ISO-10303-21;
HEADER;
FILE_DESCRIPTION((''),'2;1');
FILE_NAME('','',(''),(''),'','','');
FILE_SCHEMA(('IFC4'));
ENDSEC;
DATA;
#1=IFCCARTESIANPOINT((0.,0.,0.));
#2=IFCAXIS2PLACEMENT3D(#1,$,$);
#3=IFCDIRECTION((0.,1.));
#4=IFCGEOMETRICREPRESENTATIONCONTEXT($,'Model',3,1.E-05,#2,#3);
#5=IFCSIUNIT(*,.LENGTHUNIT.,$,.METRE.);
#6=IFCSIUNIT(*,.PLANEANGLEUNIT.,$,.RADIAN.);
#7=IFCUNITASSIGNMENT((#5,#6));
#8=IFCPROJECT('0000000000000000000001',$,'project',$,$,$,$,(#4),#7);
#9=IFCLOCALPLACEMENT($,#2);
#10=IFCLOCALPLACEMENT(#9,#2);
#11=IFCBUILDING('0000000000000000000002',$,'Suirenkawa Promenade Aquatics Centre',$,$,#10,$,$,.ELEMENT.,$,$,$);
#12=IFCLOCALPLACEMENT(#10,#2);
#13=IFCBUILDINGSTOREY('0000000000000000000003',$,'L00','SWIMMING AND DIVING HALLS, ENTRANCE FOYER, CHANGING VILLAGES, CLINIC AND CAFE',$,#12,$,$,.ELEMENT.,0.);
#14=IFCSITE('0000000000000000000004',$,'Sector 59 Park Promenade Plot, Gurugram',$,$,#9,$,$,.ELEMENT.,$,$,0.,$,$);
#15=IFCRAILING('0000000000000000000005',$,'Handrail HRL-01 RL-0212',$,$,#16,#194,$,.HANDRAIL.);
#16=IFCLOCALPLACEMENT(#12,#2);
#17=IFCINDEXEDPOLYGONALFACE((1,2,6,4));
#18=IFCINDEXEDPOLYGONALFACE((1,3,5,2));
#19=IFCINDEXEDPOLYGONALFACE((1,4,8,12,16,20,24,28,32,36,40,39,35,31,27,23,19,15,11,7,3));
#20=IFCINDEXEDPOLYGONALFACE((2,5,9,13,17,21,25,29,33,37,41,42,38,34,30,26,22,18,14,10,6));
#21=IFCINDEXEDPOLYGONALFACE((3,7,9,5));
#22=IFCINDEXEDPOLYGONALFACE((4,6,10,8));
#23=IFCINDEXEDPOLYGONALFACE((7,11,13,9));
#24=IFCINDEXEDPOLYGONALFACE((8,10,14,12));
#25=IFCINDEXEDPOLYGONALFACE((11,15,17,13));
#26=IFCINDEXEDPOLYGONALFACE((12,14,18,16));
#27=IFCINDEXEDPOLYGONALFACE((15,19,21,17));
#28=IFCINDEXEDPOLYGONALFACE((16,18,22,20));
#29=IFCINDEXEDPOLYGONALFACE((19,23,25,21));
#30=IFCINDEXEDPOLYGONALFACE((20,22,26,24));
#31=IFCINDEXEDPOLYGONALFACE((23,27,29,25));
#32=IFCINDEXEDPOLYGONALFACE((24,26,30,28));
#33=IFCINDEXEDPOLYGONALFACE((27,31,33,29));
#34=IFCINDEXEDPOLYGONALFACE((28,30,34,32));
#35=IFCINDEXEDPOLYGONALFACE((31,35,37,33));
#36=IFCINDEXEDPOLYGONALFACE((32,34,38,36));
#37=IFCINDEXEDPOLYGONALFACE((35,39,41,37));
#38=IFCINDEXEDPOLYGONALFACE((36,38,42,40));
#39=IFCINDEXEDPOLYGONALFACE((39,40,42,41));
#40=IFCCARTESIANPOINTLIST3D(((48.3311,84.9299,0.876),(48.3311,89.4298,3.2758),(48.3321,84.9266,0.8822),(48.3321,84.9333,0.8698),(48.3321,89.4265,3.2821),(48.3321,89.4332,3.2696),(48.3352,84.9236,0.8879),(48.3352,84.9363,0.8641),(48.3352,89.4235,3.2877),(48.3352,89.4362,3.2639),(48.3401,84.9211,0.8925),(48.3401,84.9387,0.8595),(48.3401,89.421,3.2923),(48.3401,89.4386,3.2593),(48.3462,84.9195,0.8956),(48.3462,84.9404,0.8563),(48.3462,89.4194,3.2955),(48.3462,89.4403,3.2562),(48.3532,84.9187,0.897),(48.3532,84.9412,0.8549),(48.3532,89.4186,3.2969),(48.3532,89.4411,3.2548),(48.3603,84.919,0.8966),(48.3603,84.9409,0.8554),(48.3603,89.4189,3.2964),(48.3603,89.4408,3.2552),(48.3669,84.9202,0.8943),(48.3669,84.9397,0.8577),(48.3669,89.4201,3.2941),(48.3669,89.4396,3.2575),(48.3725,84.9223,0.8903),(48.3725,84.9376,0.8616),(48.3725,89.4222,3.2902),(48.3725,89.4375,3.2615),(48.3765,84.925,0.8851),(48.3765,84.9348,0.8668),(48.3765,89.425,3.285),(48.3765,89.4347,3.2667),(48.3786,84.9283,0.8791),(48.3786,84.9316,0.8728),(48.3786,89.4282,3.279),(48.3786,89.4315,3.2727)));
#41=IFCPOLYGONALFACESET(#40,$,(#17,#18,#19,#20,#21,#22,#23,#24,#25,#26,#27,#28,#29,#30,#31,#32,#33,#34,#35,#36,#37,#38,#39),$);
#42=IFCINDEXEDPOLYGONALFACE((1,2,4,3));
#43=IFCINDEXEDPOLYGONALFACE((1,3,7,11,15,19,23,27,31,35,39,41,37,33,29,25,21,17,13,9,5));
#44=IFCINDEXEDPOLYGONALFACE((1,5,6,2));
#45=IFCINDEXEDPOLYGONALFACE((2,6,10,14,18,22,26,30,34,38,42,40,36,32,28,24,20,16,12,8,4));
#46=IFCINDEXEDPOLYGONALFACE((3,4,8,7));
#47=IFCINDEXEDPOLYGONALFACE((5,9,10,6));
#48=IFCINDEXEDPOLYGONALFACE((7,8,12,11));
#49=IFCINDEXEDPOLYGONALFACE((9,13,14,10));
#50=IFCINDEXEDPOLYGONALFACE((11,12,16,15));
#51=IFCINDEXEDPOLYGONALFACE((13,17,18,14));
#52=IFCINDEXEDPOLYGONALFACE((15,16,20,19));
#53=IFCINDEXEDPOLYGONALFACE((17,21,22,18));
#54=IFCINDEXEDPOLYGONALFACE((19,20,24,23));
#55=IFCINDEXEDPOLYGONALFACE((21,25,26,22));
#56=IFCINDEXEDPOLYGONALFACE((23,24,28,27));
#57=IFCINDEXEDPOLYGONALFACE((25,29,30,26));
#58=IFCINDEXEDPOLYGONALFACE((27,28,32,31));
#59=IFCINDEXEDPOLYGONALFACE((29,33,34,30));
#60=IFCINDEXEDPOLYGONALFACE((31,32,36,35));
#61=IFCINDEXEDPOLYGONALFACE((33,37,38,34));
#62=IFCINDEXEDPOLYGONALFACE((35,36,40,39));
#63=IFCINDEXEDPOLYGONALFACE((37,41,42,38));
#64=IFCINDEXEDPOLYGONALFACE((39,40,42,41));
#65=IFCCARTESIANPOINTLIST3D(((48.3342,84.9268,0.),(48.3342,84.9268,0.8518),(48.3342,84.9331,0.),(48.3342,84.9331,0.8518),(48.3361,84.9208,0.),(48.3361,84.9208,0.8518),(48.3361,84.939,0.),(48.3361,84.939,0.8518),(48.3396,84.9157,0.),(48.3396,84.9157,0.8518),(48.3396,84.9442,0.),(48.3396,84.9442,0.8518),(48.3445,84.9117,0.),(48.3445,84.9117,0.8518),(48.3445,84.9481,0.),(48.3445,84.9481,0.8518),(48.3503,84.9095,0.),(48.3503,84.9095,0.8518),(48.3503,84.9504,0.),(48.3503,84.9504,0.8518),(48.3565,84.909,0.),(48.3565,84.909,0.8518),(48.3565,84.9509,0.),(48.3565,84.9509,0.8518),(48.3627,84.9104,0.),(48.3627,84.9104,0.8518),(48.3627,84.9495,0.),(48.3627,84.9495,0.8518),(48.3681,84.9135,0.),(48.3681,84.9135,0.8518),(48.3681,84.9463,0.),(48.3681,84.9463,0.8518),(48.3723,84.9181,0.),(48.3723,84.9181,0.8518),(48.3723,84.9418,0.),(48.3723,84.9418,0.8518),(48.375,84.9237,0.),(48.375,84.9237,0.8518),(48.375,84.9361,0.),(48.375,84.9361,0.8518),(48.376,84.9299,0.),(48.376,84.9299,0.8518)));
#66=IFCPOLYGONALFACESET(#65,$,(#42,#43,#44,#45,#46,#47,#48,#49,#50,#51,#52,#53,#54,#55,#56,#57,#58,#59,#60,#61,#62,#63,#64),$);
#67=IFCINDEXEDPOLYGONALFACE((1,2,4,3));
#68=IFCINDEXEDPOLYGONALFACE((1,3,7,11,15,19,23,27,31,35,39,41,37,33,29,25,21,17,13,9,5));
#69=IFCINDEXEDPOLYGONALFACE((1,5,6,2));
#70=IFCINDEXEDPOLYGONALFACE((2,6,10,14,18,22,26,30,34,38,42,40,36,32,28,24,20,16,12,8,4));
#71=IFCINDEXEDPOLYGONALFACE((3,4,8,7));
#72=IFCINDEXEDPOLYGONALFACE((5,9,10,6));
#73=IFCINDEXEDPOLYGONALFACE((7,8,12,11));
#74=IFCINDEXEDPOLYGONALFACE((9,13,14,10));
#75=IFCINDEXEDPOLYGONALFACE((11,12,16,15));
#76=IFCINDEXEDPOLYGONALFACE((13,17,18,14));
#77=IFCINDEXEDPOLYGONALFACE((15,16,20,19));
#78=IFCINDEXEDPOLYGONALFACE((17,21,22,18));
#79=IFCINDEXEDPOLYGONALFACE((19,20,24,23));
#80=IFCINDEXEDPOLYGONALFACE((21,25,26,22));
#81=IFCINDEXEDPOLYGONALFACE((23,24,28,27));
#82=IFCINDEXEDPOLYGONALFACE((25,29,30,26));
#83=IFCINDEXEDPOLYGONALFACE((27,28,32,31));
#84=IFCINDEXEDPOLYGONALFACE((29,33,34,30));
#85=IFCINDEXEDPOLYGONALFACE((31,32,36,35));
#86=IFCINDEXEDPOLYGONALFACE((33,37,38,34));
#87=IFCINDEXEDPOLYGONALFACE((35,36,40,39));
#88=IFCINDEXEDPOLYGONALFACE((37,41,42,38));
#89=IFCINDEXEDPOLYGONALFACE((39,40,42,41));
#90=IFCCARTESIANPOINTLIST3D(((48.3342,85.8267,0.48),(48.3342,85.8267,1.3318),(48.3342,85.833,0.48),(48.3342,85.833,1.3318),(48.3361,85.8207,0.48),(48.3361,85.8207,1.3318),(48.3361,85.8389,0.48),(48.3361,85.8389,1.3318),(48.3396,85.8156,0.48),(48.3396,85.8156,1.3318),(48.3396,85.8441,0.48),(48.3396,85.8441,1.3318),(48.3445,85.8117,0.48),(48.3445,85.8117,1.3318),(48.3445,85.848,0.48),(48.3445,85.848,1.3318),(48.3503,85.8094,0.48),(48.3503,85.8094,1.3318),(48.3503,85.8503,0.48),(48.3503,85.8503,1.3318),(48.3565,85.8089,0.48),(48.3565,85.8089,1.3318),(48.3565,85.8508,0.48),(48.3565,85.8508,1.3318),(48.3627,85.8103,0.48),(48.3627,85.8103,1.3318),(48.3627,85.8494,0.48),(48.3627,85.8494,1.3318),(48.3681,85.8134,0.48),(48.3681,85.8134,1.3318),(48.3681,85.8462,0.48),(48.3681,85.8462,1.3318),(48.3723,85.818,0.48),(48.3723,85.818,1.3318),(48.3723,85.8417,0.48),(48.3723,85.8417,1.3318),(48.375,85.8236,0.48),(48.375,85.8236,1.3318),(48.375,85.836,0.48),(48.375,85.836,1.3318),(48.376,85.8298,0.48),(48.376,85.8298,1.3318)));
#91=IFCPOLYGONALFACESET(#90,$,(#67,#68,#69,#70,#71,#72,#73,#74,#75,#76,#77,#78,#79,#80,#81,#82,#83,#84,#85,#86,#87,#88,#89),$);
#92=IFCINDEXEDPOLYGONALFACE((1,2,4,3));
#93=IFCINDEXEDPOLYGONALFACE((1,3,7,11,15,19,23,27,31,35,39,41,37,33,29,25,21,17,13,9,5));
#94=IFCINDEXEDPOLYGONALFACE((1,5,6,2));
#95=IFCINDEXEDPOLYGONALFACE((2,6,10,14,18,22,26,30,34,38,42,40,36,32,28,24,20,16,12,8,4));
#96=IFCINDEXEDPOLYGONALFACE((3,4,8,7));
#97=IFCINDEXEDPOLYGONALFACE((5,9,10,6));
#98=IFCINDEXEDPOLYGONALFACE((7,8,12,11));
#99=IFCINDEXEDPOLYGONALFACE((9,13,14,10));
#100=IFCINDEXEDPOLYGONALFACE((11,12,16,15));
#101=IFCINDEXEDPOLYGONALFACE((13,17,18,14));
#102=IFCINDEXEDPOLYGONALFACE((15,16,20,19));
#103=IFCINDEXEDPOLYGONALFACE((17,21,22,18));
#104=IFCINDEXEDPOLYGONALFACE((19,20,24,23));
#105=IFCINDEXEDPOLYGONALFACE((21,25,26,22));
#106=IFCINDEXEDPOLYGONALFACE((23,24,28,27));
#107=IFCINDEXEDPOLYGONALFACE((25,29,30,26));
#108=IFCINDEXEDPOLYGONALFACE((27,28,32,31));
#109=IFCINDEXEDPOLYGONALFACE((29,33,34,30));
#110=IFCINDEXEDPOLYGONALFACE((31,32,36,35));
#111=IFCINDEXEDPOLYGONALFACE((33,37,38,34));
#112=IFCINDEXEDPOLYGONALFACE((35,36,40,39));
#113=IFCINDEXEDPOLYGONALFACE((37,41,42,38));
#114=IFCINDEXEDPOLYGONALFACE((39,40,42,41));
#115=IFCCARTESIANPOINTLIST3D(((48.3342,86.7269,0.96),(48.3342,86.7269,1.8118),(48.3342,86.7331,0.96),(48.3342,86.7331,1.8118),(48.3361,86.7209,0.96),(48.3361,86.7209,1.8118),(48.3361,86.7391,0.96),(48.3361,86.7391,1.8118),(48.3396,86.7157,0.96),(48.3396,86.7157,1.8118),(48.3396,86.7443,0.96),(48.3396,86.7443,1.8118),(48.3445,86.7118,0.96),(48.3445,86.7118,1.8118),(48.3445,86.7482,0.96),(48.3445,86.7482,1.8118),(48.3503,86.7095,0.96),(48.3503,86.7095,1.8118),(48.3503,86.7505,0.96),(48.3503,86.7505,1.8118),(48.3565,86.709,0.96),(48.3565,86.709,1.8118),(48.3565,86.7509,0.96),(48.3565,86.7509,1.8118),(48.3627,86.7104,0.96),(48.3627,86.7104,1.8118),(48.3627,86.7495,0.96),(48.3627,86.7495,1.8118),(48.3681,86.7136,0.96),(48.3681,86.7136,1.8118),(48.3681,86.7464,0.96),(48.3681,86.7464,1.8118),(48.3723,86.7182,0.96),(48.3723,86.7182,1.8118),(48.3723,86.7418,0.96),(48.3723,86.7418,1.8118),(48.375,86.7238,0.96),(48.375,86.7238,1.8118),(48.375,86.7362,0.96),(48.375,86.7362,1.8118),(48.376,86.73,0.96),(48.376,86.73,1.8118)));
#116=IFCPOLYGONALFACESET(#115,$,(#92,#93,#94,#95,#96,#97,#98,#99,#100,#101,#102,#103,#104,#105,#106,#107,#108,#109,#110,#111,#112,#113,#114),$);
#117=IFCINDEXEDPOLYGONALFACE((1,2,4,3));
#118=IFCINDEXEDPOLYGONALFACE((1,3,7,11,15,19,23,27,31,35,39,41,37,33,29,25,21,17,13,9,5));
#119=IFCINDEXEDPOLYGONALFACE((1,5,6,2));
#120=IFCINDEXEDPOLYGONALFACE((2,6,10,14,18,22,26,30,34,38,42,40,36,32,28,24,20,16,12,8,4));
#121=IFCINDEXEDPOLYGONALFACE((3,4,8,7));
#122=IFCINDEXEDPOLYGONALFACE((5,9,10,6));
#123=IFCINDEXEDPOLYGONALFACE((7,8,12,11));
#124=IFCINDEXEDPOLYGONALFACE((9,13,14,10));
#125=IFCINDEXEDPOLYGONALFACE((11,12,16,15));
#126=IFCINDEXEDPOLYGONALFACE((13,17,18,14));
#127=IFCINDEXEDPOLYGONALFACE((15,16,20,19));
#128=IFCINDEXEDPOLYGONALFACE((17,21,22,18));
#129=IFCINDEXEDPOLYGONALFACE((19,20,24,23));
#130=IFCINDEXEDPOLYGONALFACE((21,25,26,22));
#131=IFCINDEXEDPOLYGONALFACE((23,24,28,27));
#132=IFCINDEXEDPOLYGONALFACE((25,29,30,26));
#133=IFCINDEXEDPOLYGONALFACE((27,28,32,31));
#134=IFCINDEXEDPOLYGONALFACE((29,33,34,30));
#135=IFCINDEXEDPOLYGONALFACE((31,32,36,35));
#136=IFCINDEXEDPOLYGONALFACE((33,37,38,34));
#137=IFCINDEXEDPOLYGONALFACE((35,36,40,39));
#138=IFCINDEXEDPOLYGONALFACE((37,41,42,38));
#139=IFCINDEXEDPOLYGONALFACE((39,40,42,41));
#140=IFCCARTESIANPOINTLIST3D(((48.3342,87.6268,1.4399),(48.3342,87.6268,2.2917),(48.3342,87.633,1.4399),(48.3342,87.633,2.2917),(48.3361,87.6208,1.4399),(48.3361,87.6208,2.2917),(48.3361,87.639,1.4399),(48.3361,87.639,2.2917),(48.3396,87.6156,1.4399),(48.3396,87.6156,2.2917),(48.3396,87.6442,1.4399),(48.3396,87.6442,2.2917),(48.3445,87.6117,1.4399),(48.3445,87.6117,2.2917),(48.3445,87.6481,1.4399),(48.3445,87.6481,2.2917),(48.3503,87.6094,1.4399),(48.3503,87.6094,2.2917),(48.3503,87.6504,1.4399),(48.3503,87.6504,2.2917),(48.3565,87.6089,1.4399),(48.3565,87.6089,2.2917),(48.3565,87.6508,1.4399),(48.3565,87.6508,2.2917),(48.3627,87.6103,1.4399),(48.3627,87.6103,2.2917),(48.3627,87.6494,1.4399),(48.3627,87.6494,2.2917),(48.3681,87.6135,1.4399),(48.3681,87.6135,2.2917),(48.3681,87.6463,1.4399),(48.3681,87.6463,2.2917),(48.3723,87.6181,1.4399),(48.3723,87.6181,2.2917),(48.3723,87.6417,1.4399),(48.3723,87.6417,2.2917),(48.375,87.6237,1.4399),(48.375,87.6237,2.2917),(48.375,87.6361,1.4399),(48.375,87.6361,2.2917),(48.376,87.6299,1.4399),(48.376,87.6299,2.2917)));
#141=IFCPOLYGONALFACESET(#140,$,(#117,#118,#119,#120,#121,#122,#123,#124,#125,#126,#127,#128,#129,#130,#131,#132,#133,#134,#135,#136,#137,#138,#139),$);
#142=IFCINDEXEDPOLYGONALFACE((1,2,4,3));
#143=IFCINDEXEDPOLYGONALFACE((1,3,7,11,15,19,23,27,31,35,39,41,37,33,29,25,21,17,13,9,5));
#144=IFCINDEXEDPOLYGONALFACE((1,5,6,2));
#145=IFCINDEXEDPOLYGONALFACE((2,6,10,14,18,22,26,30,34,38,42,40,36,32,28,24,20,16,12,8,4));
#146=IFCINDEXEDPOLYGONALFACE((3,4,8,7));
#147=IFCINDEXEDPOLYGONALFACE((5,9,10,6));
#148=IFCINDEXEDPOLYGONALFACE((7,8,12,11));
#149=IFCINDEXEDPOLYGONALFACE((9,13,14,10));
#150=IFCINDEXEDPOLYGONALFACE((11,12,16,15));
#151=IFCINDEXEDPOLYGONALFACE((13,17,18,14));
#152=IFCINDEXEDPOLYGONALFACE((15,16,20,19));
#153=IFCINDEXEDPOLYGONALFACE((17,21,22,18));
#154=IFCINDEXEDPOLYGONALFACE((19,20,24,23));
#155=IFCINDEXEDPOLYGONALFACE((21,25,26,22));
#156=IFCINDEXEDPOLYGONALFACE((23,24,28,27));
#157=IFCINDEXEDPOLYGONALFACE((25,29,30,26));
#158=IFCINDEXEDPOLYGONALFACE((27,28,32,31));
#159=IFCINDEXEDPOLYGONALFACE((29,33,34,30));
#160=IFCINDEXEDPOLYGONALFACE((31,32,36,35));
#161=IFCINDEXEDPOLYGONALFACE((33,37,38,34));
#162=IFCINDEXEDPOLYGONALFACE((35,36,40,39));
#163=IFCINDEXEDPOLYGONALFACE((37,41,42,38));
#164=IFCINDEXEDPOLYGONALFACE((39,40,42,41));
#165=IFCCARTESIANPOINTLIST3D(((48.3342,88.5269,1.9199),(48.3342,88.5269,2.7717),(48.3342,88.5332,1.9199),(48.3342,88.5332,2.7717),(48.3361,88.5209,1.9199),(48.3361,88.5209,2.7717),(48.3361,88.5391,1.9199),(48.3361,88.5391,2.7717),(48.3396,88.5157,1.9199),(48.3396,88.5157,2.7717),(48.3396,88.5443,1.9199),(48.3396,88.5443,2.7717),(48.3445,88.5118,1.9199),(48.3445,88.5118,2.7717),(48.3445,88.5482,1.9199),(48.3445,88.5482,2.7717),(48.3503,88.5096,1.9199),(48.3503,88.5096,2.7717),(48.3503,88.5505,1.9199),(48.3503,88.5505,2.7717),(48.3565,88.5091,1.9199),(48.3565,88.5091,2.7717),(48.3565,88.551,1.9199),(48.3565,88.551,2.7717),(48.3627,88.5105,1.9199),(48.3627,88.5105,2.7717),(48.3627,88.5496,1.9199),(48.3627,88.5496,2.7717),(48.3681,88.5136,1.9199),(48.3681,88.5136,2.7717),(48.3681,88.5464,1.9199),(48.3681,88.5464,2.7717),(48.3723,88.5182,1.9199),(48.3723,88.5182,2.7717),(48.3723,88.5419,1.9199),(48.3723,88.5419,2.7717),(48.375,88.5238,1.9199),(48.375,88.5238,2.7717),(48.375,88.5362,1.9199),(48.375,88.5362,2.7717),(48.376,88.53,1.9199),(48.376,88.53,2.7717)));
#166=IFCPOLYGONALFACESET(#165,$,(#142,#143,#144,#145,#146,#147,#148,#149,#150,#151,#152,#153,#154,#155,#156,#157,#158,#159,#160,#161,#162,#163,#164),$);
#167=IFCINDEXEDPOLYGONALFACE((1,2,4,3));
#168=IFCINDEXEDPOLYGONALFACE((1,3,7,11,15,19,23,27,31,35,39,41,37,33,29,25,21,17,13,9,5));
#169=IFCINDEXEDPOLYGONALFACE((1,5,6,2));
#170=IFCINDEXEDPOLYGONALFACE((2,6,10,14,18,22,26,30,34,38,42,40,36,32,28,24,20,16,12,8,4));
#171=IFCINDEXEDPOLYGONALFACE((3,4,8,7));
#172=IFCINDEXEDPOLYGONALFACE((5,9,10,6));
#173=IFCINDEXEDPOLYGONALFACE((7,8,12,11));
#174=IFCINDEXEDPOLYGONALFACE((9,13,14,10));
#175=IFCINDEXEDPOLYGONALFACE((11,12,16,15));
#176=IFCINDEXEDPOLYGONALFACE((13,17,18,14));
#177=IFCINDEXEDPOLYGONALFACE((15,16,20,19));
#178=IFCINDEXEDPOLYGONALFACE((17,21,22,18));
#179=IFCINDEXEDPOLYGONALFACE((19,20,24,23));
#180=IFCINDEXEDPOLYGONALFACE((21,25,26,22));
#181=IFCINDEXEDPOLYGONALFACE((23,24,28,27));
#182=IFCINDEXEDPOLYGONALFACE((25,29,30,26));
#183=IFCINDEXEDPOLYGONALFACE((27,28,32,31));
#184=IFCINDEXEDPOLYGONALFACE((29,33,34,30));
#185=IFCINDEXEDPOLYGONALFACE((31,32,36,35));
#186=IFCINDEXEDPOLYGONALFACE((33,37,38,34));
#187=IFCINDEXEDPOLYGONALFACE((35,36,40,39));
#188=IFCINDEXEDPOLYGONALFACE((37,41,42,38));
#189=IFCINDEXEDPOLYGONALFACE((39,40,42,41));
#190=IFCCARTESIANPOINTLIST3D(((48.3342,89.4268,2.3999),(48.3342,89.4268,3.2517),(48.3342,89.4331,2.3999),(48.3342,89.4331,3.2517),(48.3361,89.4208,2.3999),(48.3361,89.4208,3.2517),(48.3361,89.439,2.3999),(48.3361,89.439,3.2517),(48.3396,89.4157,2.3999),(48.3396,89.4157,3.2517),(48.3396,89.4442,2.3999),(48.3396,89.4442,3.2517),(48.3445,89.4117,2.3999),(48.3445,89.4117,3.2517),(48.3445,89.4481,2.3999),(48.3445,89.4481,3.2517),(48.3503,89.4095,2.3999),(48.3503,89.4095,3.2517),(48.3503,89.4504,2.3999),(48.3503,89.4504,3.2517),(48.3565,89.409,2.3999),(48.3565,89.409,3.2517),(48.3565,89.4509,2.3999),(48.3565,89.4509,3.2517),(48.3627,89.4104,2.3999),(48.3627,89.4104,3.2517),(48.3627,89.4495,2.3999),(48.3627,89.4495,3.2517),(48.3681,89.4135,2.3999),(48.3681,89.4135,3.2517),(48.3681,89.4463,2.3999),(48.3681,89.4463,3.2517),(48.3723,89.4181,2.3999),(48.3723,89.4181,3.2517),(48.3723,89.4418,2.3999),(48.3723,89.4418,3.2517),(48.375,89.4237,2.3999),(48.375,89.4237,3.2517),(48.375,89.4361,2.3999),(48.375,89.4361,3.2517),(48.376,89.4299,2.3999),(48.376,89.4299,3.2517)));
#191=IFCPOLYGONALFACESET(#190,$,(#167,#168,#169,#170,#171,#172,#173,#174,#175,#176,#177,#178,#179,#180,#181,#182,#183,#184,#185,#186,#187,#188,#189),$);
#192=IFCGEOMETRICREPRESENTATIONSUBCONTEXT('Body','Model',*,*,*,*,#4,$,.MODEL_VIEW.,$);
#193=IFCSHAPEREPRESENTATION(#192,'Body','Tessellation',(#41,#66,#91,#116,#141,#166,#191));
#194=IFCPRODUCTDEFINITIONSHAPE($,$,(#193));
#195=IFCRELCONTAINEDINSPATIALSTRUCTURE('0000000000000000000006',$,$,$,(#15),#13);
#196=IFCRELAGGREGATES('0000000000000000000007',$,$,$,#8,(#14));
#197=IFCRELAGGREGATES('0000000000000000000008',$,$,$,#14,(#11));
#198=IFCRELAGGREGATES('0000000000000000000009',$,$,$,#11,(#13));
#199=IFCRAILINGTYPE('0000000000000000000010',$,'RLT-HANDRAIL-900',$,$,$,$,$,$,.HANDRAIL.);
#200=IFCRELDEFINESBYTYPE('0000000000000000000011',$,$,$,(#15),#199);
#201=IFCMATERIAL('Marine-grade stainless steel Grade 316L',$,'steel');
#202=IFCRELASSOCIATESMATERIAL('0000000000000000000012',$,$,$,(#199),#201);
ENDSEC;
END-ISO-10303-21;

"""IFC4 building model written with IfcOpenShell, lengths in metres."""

from ifc_helpers import new_model, si_unit, direction, frame, origin, origin_2d, place, context, subcontext, project, spatial, circle, extrude, material, type_object, element, save


model = new_model("IFC4")

# Units and contexts
model_context = context("Model", 3, precision=1e-05, world=origin(), true_north=direction((0.0, 1.0)))
body_context = subcontext(model_context, "Body", "Model", "MODEL_VIEW")
ifc_project = project(units=[si_unit("LENGTHUNIT", "METRE"), si_unit("PLANEANGLEUNIT", "RADIAN")], contexts=[model_context])

# Site, building, storey
site_placement = place(None, origin())
site = spatial("IfcSite", under=ifc_project, at=site_placement, Name="Sector 59 Park Promenade Plot, Gurugram", CompositionType="ELEMENT", RefElevation=0.0)
building_placement = place(site_placement, origin())
building = spatial("IfcBuilding", under=site, at=building_placement, Name="Suirenkawa Promenade Aquatics Centre", CompositionType="ELEMENT")
storey_placement = place(building_placement, origin())
storey = spatial("IfcBuildingStorey", under=building, at=storey_placement, Name="L00", Description="SWIMMING AND DIVING HALLS, ENTRANCE FOYER, CHANGING VILLAGES, CLINIC AND CAFE", CompositionType="ELEMENT", Elevation=0.0)

# Railing
ifc_material_1 = material(Name="Marine-grade stainless steel Grade 316L", Category="steel")
railing_type_1 = type_object("IfcRailingType", Name="RLT-HANDRAIL-900", PredefinedType="HANDRAIL", material=ifc_material_1)
for number, where, name in (
    (1, (48.355, 84.9299, 0.0), "Handrail HRL-01 RL-0212"),
):
    element("IfcRailing", number, at=place(storey_placement, frame(where)), inside=storey, type_object=railing_type_1, Name=name, PredefinedType="HANDRAIL", context=body_context, shape_type="SweptSolid", body=[
        extrude(circle(Radius=0.0239, at=origin_2d()), frame((0.0, 0.0, 0.876), z_axis=(0.0, 0.882361, 0.470573), x_axis=(-1.0, 0.0, 0.0)), (0.0, 0.0, 1.0), 5.0999),
        extrude(circle(Radius=0.021, at=origin_2d()), origin(), (0.0, 0.0, 1.0), 0.8518),
        extrude(circle(Radius=0.021, at=origin_2d()), frame((0.0, 0.8999, 0.48)), (0.0, 0.0, 1.0), 0.8518),
        extrude(circle(Radius=0.021, at=origin_2d()), frame((0.0, 1.8, 0.96)), (0.0, 0.0, 1.0), 0.8518),
        extrude(circle(Radius=0.021, at=origin_2d()), frame((0.0, 2.7, 1.4399)), (0.0, 0.0, 1.0), 0.8518),
        extrude(circle(Radius=0.021, at=origin_2d()), frame((0.0, 3.6001, 1.9199)), (0.0, 0.0, 1.0), 0.8518),
        extrude(circle(Radius=0.021, at=origin_2d()), frame((0.0, 4.5, 2.3999)), (0.0, 0.0, 1.0), 0.8518),
    ])

save(model, "model.ifc")
